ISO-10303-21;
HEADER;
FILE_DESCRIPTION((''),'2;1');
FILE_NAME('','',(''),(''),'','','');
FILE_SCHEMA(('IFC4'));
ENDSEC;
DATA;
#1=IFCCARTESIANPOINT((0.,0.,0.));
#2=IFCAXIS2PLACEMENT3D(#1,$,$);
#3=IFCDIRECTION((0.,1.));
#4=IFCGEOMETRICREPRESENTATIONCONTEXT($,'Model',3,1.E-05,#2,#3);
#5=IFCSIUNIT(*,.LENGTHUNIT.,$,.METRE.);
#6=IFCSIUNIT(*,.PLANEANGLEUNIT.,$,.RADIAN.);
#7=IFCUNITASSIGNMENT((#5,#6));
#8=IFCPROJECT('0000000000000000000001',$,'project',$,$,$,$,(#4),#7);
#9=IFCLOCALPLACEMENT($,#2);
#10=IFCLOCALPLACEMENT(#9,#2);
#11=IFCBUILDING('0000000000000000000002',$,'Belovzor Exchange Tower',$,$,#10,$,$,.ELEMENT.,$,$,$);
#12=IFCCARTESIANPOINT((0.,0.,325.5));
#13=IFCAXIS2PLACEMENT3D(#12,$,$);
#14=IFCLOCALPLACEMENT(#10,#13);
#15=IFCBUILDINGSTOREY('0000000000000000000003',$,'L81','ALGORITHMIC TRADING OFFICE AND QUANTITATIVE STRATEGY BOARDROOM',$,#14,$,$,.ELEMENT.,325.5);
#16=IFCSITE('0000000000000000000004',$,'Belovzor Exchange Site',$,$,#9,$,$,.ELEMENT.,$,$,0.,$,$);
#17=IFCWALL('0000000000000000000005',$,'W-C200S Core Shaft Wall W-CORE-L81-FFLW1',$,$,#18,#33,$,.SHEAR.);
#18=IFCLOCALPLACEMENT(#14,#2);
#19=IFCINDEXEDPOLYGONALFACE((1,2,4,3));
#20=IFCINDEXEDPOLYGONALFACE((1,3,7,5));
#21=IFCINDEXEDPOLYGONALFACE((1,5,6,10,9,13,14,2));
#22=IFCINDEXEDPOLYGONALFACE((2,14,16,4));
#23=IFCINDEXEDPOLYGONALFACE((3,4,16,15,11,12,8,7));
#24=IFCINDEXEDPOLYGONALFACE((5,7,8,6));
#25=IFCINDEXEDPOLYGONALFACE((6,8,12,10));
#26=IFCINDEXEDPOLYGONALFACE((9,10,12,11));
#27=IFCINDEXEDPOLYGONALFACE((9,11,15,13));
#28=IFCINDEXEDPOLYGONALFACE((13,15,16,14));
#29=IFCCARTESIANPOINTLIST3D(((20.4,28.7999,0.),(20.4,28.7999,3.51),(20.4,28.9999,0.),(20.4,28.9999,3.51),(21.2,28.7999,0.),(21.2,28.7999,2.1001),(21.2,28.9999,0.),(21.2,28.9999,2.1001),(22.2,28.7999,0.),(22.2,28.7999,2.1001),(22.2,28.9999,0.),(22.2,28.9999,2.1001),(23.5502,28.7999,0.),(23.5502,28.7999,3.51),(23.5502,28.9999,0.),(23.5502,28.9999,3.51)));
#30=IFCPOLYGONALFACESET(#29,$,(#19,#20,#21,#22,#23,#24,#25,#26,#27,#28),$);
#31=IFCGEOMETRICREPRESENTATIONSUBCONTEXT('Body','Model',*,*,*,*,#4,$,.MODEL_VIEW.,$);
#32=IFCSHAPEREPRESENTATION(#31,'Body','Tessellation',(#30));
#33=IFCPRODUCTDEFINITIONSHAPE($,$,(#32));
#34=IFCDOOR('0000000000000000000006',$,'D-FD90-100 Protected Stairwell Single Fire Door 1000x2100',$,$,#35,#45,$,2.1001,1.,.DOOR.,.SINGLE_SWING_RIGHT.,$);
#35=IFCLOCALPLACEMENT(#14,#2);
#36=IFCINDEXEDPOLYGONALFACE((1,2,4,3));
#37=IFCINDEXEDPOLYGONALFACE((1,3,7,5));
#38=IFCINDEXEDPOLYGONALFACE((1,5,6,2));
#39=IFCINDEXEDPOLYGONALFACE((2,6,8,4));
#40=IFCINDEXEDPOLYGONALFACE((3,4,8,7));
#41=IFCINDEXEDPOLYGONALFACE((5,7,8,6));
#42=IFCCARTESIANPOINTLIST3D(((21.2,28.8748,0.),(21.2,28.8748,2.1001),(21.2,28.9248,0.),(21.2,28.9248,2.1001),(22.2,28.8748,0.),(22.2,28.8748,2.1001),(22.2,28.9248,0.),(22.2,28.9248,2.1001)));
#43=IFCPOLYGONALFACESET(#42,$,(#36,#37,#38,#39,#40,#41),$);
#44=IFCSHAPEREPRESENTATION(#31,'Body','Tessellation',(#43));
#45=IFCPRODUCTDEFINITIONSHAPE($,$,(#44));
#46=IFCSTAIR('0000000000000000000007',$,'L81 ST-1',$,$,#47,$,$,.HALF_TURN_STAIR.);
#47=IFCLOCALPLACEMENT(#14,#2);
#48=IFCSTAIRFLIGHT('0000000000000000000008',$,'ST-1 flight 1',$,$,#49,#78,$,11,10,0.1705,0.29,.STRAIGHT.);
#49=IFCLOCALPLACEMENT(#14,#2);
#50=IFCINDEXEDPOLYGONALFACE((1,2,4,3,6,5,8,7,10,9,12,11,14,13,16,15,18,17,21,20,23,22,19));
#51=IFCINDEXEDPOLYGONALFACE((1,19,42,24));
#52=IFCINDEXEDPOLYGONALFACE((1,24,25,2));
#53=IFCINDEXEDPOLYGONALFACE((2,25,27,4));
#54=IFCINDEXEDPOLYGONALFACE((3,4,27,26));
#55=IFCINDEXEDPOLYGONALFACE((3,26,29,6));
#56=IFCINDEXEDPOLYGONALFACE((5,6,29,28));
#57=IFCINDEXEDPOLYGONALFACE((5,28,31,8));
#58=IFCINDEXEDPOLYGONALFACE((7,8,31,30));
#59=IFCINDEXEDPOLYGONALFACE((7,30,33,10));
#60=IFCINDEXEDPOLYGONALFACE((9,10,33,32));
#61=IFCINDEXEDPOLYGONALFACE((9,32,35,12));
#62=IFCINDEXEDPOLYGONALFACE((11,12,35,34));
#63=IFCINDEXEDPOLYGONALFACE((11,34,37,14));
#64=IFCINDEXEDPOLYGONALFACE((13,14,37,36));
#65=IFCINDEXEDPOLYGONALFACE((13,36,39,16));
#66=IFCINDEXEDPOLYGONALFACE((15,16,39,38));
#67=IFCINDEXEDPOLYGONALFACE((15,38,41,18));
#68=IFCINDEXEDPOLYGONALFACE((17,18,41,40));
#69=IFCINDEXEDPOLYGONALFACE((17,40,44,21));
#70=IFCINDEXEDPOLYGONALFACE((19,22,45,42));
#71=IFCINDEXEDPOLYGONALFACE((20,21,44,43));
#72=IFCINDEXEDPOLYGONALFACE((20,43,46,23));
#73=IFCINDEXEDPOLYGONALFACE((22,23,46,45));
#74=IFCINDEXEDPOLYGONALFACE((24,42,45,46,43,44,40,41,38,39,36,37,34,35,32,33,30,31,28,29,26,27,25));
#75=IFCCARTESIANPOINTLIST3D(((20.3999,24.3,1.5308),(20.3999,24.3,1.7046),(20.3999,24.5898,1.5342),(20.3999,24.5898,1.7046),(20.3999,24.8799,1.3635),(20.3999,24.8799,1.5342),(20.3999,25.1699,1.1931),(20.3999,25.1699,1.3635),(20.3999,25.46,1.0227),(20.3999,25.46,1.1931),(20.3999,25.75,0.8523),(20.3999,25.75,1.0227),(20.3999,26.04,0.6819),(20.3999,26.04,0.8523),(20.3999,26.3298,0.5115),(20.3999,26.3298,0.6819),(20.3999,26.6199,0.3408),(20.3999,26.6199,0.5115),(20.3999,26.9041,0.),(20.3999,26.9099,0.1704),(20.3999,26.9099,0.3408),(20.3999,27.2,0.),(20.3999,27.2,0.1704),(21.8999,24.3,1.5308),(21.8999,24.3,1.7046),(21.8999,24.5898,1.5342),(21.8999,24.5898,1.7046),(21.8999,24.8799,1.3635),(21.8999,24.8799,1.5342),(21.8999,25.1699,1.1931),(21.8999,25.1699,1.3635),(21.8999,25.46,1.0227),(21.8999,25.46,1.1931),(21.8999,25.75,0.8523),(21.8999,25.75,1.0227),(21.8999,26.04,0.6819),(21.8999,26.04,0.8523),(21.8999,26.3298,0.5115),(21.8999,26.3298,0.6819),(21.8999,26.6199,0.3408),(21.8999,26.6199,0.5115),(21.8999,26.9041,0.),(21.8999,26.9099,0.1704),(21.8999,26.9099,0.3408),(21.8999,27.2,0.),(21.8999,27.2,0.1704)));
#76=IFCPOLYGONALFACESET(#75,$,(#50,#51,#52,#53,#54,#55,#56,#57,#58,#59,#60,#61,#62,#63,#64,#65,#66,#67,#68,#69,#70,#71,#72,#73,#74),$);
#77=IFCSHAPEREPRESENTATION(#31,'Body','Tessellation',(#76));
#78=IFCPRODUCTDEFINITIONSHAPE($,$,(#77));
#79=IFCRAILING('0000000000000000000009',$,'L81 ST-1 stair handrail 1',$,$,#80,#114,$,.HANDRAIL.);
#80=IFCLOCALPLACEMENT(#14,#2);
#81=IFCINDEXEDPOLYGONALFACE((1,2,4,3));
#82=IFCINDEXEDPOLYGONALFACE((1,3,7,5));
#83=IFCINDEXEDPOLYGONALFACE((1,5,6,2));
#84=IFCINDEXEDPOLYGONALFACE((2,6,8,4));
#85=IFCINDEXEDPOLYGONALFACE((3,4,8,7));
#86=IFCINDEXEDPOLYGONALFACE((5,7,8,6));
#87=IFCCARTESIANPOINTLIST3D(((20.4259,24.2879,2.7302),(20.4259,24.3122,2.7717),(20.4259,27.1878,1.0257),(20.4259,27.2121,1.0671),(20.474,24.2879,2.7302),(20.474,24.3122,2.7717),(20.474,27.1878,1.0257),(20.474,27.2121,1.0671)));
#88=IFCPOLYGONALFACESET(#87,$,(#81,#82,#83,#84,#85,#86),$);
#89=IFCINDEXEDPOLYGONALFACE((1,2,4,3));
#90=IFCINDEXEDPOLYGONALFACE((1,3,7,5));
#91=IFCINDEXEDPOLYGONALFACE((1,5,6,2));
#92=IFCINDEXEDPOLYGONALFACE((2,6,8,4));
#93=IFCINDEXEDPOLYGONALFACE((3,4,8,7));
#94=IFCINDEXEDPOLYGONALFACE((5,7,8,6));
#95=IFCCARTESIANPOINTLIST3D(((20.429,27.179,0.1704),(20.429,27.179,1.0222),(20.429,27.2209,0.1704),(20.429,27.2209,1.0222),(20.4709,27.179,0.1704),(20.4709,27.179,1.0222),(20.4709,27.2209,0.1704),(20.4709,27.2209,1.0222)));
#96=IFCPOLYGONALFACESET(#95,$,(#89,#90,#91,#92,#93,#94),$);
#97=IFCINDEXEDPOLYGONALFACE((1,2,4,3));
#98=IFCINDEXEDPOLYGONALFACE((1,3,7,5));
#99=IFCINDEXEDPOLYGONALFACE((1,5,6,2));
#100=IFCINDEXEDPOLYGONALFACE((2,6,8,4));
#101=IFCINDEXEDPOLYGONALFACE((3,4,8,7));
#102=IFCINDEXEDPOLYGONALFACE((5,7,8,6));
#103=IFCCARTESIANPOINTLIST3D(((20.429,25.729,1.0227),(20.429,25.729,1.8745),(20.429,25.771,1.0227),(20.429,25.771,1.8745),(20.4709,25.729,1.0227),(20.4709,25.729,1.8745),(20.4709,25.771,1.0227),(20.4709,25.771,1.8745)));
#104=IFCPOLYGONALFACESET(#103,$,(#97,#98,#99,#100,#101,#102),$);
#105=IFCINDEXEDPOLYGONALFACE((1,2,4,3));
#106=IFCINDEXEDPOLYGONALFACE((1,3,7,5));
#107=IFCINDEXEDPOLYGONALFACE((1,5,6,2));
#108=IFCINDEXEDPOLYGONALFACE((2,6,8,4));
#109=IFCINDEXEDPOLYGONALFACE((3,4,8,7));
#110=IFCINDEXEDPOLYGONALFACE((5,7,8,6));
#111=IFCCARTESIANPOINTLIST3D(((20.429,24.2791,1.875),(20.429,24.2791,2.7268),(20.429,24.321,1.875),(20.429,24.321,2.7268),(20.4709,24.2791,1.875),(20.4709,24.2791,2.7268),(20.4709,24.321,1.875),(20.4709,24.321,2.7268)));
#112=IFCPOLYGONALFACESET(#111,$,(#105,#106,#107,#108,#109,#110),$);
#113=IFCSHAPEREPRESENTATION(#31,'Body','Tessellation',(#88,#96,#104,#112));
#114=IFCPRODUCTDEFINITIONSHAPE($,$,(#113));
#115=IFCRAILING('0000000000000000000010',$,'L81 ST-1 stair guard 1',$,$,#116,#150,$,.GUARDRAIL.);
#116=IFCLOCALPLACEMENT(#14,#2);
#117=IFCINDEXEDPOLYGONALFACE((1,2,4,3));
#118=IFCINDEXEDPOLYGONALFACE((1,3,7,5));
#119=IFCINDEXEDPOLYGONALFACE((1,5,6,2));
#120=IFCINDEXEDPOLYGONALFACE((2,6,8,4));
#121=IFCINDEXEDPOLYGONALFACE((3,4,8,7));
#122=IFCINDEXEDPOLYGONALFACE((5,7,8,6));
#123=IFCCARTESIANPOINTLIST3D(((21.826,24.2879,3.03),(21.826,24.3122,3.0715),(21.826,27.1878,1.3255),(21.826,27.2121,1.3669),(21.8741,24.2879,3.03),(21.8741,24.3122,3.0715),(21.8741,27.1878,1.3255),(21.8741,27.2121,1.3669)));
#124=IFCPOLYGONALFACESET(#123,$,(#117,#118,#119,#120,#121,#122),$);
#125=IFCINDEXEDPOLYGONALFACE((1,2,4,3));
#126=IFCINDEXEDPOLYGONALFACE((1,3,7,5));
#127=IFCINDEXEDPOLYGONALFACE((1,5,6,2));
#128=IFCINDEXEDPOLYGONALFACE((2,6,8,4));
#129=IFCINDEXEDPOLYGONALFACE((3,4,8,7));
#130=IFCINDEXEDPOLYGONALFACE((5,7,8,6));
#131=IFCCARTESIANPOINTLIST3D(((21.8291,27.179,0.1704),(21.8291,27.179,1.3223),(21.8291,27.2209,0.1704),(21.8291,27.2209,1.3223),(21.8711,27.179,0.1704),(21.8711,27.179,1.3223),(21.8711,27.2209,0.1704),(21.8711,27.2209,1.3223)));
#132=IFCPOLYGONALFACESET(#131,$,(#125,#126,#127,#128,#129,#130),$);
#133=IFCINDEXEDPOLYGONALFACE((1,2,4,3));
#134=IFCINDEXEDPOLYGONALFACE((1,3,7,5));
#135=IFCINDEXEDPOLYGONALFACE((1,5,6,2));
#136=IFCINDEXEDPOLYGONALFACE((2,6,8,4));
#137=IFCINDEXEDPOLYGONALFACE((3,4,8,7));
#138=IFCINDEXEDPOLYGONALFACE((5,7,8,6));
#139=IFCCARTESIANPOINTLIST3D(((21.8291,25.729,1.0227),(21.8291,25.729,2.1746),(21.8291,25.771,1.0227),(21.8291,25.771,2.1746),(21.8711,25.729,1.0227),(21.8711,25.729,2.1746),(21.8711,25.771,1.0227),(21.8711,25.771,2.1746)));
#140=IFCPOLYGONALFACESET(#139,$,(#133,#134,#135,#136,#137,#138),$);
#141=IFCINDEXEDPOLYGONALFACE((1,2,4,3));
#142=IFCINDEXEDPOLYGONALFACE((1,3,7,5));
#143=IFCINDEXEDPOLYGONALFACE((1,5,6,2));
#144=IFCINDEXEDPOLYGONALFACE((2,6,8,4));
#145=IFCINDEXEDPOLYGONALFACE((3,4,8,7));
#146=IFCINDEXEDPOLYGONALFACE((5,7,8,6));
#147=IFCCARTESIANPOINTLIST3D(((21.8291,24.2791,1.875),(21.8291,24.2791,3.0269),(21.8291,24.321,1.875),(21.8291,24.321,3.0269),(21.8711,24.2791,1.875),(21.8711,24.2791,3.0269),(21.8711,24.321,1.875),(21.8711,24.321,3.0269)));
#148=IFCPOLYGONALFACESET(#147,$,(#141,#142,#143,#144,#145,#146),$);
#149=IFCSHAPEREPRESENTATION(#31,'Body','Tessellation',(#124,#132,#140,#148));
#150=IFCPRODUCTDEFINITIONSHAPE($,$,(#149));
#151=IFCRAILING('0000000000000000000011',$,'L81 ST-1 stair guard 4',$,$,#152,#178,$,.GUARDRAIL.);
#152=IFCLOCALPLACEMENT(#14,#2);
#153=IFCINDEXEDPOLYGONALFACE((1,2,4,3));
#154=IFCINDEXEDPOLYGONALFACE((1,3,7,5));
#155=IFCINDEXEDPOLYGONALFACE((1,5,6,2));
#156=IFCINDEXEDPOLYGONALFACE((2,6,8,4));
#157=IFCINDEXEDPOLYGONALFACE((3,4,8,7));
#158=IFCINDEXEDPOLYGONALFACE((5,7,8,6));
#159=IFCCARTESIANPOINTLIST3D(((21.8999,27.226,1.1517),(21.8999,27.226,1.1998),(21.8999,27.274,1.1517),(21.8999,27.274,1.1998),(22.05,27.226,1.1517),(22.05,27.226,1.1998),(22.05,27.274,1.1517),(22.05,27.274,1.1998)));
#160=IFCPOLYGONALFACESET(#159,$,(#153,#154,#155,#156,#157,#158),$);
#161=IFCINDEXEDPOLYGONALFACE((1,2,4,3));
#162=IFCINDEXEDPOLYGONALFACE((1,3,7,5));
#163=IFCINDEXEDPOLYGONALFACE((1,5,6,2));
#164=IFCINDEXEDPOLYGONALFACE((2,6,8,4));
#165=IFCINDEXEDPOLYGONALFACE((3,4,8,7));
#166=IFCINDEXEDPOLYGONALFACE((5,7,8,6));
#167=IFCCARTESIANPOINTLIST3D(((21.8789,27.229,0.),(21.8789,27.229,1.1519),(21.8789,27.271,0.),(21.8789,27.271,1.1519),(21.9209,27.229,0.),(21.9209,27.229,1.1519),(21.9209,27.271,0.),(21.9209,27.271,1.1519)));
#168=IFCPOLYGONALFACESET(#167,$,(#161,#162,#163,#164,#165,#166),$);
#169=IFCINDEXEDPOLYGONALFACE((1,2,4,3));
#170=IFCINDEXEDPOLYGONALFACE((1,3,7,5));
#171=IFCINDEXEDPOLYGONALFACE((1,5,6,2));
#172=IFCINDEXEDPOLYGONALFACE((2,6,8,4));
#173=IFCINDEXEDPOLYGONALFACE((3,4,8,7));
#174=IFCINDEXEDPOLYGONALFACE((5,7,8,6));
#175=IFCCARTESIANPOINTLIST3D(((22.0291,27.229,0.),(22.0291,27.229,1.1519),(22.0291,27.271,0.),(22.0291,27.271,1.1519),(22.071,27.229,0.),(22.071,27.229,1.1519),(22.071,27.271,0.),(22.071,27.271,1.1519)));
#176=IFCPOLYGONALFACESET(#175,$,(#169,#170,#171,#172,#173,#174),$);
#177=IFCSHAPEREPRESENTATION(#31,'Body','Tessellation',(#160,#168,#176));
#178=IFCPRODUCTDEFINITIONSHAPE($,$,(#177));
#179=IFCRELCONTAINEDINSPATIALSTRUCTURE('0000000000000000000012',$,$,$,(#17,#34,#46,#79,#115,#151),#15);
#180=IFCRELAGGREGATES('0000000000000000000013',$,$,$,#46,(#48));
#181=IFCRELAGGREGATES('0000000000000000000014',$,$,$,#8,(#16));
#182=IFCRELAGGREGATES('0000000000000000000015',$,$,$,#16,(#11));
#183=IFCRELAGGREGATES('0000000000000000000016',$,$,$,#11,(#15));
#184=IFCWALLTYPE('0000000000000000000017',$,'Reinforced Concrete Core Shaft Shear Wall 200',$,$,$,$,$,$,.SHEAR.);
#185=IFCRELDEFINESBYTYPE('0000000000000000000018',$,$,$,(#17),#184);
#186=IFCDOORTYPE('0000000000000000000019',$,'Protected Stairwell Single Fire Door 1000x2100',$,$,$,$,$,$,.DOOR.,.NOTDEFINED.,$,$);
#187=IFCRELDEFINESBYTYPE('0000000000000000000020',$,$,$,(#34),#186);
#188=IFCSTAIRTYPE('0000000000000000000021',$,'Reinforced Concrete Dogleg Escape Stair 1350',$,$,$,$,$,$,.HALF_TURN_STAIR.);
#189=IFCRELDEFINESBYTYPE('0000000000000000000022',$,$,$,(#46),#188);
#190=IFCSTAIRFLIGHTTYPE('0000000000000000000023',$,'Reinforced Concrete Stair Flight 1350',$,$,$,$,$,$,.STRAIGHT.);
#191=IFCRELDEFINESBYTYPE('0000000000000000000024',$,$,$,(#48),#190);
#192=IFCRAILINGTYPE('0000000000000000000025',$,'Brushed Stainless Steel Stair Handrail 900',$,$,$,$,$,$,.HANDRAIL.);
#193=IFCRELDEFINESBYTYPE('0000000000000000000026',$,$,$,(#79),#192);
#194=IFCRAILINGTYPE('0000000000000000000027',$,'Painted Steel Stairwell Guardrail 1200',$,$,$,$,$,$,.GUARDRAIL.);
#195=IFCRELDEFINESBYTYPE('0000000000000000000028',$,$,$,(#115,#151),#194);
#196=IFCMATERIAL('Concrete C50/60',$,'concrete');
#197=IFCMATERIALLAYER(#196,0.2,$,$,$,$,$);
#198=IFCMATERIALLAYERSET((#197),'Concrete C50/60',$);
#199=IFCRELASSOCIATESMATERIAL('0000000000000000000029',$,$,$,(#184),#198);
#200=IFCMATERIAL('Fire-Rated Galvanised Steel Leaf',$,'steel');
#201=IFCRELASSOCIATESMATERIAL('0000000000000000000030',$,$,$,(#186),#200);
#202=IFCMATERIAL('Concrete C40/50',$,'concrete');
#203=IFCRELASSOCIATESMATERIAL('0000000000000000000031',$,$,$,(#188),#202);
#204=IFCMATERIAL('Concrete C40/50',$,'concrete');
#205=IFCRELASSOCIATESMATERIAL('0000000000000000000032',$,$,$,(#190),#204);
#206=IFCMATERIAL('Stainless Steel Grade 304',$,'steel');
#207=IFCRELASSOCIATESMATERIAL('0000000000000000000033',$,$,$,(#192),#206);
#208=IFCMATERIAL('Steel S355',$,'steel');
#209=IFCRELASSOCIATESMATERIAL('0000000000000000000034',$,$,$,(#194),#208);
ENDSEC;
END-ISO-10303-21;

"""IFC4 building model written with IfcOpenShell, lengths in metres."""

from ifc_helpers import new_model, si_unit, direction, frame, frame_2d, origin, origin_2d, place, context, subcontext, project, spatial, polyline, rectangle, outline, extrude, material, layer, layer_set, type_object, element, fill, aggregate, save


model = new_model("IFC4")

# Units and contexts
model_context = context("Model", 3, precision=1e-05, world=origin(), true_north=direction((0.0, 1.0)))
body_context = subcontext(model_context, "Body", "Model", "MODEL_VIEW")
ifc_project = project(units=[si_unit("LENGTHUNIT", "METRE"), si_unit("PLANEANGLEUNIT", "RADIAN")], contexts=[model_context])

# Site, building, storey
site_placement = place(None, origin())
site = spatial("IfcSite", under=ifc_project, at=site_placement, Name="Belovzor Exchange Site", CompositionType="ELEMENT", RefElevation=0.0)
building_placement = place(site_placement, origin())
building = spatial("IfcBuilding", under=site, at=building_placement, Name="Belovzor Exchange Tower", CompositionType="ELEMENT")
storey_placement = place(building_placement, frame((0.0, 0.0, 325.5)))
storey = spatial("IfcBuildingStorey", under=building, at=storey_placement, Name="L81", Description="ALGORITHMIC TRADING OFFICE AND QUANTITATIVE STRATEGY BOARDROOM", CompositionType="ELEMENT", Elevation=325.5)

# Wall, opening, door
ifc_material_1 = material(Name="Concrete C50/60", Category="concrete")
ifc_layer_1 = layer(ifc_material_1, 0.2)
ifc_layer_set_1 = layer_set([ifc_layer_1], Name="Concrete C50/60")
wall_type_1 = type_object("IfcWallType", Name="Reinforced Concrete Core Shaft Shear Wall 200", PredefinedType="SHEAR", material=ifc_layer_set_1)
wall_1_placement = place(storey_placement, frame((20.3999, 28.8999, 0.0), z_axis=(0.0, 0.0, 1.0), x_axis=(1.0, 0.0, 0.0)))
wall_1 = element("IfcWall", 1, at=wall_1_placement, inside=storey, type_object=wall_type_1, Name="W-C200S Core Shaft Wall W-CORE-L81-FFLW1", PredefinedType="SHEAR", context=body_context, shape_type="SweptSolid", body=[
    extrude(rectangle(XDim=3.1501, YDim=0.2, at=frame_2d((1.5752, 0.0))), origin(), (0.0, 0.0, 1.0), 3.51),
])
opening_1_placement = place(wall_1_placement, frame((0.8, 0.0, 0.0)))
opening_1 = element("IfcOpeningElement", 2, at=opening_1_placement, cuts=wall_1, PredefinedType="OPENING", context=body_context, shape_type="SweptSolid", body=[
    extrude(rectangle(XDim=1.0, YDim=2.1001, at=frame_2d((0.5, 1.05))), frame((0.0, 0.1099, 0.0), z_axis=(0.0, -1.0, 0.0), x_axis=(1.0, 0.0, 0.0)), (0.0, 0.0, 1.0), 0.22),
])
ifc_material_2 = material(Name="Fire-Rated Galvanised Steel Leaf", Category="steel")
door_type_1 = type_object("IfcDoorType", Name="Protected Stairwell Single Fire Door 1000x2100", OperationType="NOTDEFINED", PredefinedType="DOOR", material=ifc_material_2)
door_1_placement = place(opening_1_placement, origin())
door_1 = element("IfcDoor", 3, at=door_1_placement, inside=storey, type_object=door_type_1, Name="D-FD90-100 Protected Stairwell Single Fire Door 1000x2100", OperationType="SINGLE_SWING_RIGHT", OverallHeight=2.1001, OverallWidth=1.0, PredefinedType="DOOR", context=body_context, shape_type="SweptSolid", body=[
    extrude(rectangle(XDim=1.0, YDim=2.1001, at=frame_2d((0.5, 1.05))), frame((0.0, 0.0249, 0.0), z_axis=(0.0, -1.0, 0.0), x_axis=(1.0, 0.0, 0.0)), (0.0, 0.0, 1.0), 0.05),
])
fill(opening_1, door_1)

# Stair, stair flight
ifc_material_3 = material(Name="Concrete C40/50", Category="concrete")
stair_type = type_object("IfcStairType", Name="Reinforced Concrete Dogleg Escape Stair 1350", PredefinedType="HALF_TURN_STAIR", material=ifc_material_3)
stair_placement = place(storey_placement, origin())
stair = element("IfcStair", 4, at=stair_placement, inside=storey, type_object=stair_type, Name="L81 ST-1", PredefinedType="HALF_TURN_STAIR")
ifc_material_4 = material(Name="Concrete C40/50", Category="concrete")
stair_flight_type = type_object("IfcStairFlightType", Name="Reinforced Concrete Stair Flight 1350", PredefinedType="STRAIGHT", material=ifc_material_4)
stair_flight_placement = place(storey_placement, frame((21.1499, 27.2, 0.0), z_axis=(0.0, 0.0, 1.0), x_axis=(0.0, -1.0, 0.0)))
stair_flight = element("IfcStairFlight", 5, at=stair_flight_placement, type_object=stair_flight_type, Name="ST-1 flight 1", NumberOfRisers=11, NumberOfTreads=10, PredefinedType="STRAIGHT", RiserHeight=0.1705, TreadLength=0.29, context=body_context, shape_type="SweptSolid", body=[
    extrude(outline(polyline([(0.0, 0.0), (0.0, 0.1704), (0.29, 0.1704), (0.29, 0.3408), (0.5801, 0.3408), (0.5801, 0.5115), (0.8701, 0.5115), (0.8701, 0.6819), (1.1599, 0.6819), (1.1599, 0.8523), (1.45, 0.8523), (1.45, 1.0227), (1.74, 1.0227), (1.74, 1.1931), (2.03, 1.1931), (2.03, 1.3635), (2.3201, 1.3635), (2.3201, 1.5342), (2.6101, 1.5342), (2.6101, 1.7046), (2.8999, 1.7046), (2.8999, 1.875), (2.8999, 1.5308), (0.2959, 0.0), (0.0, 0.0)])), frame((0.0, 0.75, 0.0), z_axis=(0.0, -1.0, 0.0), x_axis=(1.0, 0.0, 0.0)), (0.0, 0.0, 1.0), 1.5),
])
aggregate(stair, [stair_flight])

# Railings
ifc_material_5 = material(Name="Stainless Steel Grade 304", Category="steel")
railing_type_1 = type_object("IfcRailingType", Name="Brushed Stainless Steel Stair Handrail 900", PredefinedType="HANDRAIL", material=ifc_material_5)
railing_1_placement = place(storey_placement, frame((20.45, 27.2, 0.1704)))
element("IfcRailing", 6, at=railing_1_placement, inside=storey, type_object=railing_type_1, Name="L81 ST-1 stair handrail 1", PredefinedType="HANDRAIL", context=body_context, shape_type="SweptSolid", body=[
    extrude(rectangle(XDim=0.0481, YDim=0.0481, at=origin_2d()), frame((0.0, 0.0, 0.876), z_axis=(0.0, -0.862095, 0.506747), x_axis=(1.0, 0.0, 0.0)), (0.0, 0.0, 1.0), 3.3638),
    extrude(rectangle(XDim=0.042, YDim=0.042, at=origin_2d()), origin(), (0.0, 0.0, 1.0), 0.8518),
    extrude(rectangle(XDim=0.042, YDim=0.042, at=origin_2d()), frame((0.0, -1.45, 0.8523)), (0.0, 0.0, 1.0), 0.8518),
    extrude(rectangle(XDim=0.042, YDim=0.042, at=origin_2d()), frame((0.0, -2.8999, 1.7046)), (0.0, 0.0, 1.0), 0.8518),
])
ifc_material_6 = material(Name="Steel S355", Category="steel")
railing_type_2 = type_object("IfcRailingType", Name="Painted Steel Stairwell Guardrail 1200", PredefinedType="GUARDRAIL", material=ifc_material_6)
railing_2_placement = place(storey_placement, frame((21.8501, 27.2, 0.1704)))
element("IfcRailing", 7, at=railing_2_placement, inside=storey, type_object=railing_type_2, Name="L81 ST-1 stair guard 1", PredefinedType="GUARDRAIL", context=body_context, shape_type="SweptSolid", body=[
    extrude(rectangle(XDim=0.0481, YDim=0.0481, at=origin_2d()), frame((0.0, 0.0, 1.1758), z_axis=(0.0, -0.862095, 0.506747), x_axis=(1.0, 0.0, 0.0)), (0.0, 0.0, 1.0), 3.3638),
    extrude(rectangle(XDim=0.042, YDim=0.042, at=origin_2d()), origin(), (0.0, 0.0, 1.0), 1.1519),
    extrude(rectangle(XDim=0.042, YDim=0.042, at=origin_2d()), frame((0.0, -1.45, 0.8523)), (0.0, 0.0, 1.0), 1.1519),
    extrude(rectangle(XDim=0.042, YDim=0.042, at=origin_2d()), frame((0.0, -2.8999, 1.7046)), (0.0, 0.0, 1.0), 1.1519),
])
railing_3_placement = place(storey_placement, frame((21.8999, 27.25, 0.0)))
element("IfcRailing", 8, at=railing_3_placement, inside=storey, type_object=railing_type_2, Name="L81 ST-1 stair guard 4", PredefinedType="GUARDRAIL", context=body_context, shape_type="SweptSolid", body=[
    extrude(rectangle(XDim=0.0481, YDim=0.0481, at=origin_2d()), frame((0.0, 0.0, 1.1758), z_axis=(1.0, 0.0, 0.0), x_axis=(0.0, 1.0, 0.0)), (0.0, 0.0, 1.0), 0.1501),
    extrude(rectangle(XDim=0.042, YDim=0.042, at=origin_2d()), origin(), (0.0, 0.0, 1.0), 1.1519),
    extrude(rectangle(XDim=0.042, YDim=0.042, at=origin_2d()), frame((0.1501, 0.0, 0.0)), (0.0, 0.0, 1.0), 1.1519),
])

save(model, "model.ifc")
